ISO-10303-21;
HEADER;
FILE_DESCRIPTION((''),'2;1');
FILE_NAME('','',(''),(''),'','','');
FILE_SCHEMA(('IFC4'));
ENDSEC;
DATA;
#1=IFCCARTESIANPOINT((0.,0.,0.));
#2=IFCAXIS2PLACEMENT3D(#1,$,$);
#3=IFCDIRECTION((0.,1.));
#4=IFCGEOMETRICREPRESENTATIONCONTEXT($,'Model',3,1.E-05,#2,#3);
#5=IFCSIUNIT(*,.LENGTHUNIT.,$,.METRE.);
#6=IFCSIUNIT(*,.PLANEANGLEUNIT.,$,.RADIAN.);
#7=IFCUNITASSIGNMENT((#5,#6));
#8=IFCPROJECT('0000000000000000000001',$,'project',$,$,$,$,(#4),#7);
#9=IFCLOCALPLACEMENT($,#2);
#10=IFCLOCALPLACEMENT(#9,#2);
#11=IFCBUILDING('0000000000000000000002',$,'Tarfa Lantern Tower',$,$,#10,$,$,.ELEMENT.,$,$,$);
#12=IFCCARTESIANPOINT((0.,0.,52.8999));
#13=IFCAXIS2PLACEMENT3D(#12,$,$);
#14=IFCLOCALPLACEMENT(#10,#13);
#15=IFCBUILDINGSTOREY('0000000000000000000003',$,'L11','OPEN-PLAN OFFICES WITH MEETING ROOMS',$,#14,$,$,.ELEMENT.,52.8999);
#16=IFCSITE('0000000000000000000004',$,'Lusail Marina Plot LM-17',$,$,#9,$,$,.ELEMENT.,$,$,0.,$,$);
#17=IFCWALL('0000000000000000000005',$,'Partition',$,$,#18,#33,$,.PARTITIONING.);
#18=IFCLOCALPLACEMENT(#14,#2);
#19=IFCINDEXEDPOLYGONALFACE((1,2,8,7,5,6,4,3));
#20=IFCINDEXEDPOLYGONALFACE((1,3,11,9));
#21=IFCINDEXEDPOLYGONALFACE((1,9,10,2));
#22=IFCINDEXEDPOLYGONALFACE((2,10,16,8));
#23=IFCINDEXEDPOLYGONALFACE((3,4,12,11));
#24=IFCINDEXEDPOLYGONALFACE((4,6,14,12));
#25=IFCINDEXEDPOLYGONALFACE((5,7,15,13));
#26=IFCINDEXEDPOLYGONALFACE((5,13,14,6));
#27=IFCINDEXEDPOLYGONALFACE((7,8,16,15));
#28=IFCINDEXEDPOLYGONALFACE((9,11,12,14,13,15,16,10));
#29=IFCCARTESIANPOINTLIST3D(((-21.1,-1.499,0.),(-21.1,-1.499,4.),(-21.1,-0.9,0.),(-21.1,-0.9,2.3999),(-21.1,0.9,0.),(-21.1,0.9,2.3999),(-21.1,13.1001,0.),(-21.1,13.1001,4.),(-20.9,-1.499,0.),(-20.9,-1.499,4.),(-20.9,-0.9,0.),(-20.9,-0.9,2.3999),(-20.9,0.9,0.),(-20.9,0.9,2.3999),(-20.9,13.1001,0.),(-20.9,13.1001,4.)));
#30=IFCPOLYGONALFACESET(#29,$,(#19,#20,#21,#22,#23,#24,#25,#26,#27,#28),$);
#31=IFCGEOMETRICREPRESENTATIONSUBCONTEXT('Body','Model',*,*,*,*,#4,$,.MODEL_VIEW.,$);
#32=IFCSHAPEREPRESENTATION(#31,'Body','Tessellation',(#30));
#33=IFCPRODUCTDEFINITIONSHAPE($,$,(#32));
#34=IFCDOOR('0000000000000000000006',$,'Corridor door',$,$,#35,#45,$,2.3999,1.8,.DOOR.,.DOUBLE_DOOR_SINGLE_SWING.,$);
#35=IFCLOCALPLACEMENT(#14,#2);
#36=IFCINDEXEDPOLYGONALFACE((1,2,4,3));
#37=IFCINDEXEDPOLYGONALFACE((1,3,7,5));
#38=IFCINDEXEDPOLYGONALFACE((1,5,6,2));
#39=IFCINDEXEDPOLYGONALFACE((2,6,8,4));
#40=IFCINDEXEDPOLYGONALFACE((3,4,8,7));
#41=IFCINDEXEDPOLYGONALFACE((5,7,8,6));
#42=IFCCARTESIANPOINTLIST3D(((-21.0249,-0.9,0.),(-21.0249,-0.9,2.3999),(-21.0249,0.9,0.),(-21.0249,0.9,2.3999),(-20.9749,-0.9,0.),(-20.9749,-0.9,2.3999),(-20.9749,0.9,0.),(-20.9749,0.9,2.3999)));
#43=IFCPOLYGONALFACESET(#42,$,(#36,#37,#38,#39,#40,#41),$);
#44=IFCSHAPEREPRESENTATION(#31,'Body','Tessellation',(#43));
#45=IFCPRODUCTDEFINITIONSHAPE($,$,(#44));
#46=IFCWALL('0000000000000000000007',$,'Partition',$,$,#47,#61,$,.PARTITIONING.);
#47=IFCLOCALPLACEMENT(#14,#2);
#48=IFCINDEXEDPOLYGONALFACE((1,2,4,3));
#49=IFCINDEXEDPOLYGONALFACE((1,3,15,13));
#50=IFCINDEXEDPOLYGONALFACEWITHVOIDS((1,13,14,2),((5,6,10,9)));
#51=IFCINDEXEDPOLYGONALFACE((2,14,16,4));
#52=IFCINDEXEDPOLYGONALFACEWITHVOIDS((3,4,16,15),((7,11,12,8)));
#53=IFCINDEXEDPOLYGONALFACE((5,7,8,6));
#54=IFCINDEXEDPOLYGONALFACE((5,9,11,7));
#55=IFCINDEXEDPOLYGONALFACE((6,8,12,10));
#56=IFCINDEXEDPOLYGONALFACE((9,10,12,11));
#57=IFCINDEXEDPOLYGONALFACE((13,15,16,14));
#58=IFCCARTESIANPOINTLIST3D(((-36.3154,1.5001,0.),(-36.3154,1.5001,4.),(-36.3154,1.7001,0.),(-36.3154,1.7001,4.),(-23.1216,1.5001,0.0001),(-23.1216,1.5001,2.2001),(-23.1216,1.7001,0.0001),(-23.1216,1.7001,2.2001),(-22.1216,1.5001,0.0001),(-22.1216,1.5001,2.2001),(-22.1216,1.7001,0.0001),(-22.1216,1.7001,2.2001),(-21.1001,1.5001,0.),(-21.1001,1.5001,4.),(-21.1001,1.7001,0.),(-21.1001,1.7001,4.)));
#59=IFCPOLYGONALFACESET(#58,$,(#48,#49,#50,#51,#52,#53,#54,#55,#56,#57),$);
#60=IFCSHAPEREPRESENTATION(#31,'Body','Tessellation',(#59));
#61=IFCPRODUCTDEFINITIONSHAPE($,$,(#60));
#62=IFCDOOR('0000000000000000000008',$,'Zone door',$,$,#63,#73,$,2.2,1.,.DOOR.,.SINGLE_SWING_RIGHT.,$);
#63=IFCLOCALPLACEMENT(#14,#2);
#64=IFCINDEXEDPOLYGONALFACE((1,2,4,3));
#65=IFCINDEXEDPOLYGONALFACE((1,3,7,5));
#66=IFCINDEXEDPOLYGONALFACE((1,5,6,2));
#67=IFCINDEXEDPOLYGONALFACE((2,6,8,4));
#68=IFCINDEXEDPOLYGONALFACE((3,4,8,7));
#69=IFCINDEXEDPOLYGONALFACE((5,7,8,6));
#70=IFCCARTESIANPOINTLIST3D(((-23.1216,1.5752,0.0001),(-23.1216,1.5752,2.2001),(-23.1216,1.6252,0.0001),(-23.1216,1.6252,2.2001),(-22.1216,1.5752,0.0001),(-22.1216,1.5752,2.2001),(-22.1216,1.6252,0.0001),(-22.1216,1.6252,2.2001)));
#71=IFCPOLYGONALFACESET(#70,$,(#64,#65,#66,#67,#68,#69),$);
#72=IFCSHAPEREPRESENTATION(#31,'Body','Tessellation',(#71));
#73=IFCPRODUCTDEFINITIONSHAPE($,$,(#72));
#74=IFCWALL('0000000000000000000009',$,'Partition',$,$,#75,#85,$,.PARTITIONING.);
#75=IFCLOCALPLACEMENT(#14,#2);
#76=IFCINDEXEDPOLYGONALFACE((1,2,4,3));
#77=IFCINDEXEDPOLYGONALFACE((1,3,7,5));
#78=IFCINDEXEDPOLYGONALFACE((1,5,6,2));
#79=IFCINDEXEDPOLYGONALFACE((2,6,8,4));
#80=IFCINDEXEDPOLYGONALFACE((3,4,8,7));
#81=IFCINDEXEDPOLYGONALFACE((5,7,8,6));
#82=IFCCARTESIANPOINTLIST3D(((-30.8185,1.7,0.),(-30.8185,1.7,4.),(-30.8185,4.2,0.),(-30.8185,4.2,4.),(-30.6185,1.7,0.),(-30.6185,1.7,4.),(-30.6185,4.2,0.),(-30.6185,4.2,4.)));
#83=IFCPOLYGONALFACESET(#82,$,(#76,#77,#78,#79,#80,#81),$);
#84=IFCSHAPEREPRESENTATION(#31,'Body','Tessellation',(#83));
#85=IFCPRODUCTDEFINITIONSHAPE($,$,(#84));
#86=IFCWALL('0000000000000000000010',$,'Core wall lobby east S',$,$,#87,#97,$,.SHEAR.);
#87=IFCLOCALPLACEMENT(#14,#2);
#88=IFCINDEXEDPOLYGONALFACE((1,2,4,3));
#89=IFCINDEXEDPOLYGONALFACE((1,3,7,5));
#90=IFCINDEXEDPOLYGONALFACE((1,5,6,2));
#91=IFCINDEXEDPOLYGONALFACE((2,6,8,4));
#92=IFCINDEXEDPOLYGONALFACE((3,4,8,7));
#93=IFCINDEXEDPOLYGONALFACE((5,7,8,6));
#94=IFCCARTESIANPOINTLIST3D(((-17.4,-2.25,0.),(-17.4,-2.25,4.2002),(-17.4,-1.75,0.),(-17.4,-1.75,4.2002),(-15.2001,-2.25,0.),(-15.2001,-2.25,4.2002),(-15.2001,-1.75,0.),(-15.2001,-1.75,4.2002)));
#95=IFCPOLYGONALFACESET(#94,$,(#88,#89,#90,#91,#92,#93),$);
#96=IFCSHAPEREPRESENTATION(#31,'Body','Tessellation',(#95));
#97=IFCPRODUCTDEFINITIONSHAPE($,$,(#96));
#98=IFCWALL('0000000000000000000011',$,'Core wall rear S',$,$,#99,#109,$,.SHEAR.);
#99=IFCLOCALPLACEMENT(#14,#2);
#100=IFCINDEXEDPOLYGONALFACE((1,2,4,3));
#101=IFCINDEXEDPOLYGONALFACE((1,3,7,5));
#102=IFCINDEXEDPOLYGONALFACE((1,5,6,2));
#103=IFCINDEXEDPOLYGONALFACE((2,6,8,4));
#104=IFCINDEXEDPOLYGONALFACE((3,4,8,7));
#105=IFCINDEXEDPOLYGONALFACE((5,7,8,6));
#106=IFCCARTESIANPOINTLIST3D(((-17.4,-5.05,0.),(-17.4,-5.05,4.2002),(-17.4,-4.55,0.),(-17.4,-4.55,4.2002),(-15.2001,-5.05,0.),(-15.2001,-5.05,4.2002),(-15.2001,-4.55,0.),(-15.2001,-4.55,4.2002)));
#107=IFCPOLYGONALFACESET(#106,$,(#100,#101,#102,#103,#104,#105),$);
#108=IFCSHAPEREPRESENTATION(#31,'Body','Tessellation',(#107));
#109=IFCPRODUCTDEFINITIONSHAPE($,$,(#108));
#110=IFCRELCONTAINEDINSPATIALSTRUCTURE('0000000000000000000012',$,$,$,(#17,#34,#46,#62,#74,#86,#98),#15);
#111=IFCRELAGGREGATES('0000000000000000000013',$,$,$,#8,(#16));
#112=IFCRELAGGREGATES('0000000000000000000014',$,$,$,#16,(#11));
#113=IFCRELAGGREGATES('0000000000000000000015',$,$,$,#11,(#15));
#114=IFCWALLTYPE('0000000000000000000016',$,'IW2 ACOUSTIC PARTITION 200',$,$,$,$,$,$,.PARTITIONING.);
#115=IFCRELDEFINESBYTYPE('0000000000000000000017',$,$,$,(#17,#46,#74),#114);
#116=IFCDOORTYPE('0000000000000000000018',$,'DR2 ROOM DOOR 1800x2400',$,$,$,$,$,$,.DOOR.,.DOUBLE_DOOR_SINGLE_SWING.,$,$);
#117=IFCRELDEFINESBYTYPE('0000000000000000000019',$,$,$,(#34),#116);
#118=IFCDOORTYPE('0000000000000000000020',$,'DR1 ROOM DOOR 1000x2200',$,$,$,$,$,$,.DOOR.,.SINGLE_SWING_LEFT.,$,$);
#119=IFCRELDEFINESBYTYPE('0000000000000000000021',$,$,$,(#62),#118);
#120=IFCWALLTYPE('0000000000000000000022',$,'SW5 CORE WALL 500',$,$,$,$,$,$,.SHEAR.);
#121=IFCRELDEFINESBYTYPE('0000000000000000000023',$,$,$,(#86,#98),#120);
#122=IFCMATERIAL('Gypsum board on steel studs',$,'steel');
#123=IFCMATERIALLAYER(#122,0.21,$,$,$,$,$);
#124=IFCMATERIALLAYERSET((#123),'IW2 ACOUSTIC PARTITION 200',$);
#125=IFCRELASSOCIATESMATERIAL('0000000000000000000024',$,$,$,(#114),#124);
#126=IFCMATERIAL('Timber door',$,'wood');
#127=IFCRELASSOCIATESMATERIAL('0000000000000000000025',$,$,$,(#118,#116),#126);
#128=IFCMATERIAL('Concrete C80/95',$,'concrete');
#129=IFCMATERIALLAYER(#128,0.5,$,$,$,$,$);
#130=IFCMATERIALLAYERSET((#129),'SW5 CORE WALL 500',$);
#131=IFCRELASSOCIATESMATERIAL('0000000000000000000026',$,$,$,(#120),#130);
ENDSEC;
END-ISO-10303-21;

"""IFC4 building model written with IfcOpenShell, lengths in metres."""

from ifc_helpers import new_model, si_unit, direction, frame, frame_2d, origin, place, context, subcontext, project, spatial, rectangle, extrude, material, layer, layer_set, type_object, element, fill, save


model = new_model("IFC4")

# Units and contexts
model_context = context("Model", 3, precision=1e-05, world=origin(), true_north=direction((0.0, 1.0)))
body_context = subcontext(model_context, "Body", "Model", "MODEL_VIEW")
ifc_project = project(units=[si_unit("LENGTHUNIT", "METRE"), si_unit("PLANEANGLEUNIT", "RADIAN")], contexts=[model_context])

# Site, building, storey
site_placement = place(None, origin())
site = spatial("IfcSite", under=ifc_project, at=site_placement, Name="Lusail Marina Plot LM-17", CompositionType="ELEMENT", RefElevation=0.0)
building_placement = place(site_placement, origin())
building = spatial("IfcBuilding", under=site, at=building_placement, Name="Tarfa Lantern Tower", CompositionType="ELEMENT")
storey_placement = place(building_placement, frame((0.0, 0.0, 52.8999)))
storey = spatial("IfcBuildingStorey", under=building, at=storey_placement, Name="L11", Description="OPEN-PLAN OFFICES WITH MEETING ROOMS", CompositionType="ELEMENT", Elevation=52.8999)

# Shared definitions
ifc_material_1 = material(Name="Concrete C80/95", Category="concrete")

# Shared definitions
ifc_material_2 = material(Name="Gypsum board on steel studs", Category="steel")
ifc_layer_1 = layer(ifc_material_2, 0.21)
ifc_layer_set_1 = layer_set([ifc_layer_1], Name="IW2 ACOUSTIC PARTITION 200")
wall_type_1 = type_object("IfcWallType", Name="IW2 ACOUSTIC PARTITION 200", PredefinedType="PARTITIONING", material=ifc_layer_set_1)
ifc_material_3 = material(Name="Timber door", Category="wood")
door_type_1 = type_object("IfcDoorType", Name="DR1 ROOM DOOR 1000x2200", OperationType="SINGLE_SWING_LEFT", PredefinedType="DOOR", material=ifc_material_3)

# Walls, openings, doors
wall_1_placement = place(storey_placement, frame((-21.0, -1.499, 0.0), z_axis=(0.0, 0.0, 1.0), x_axis=(0.0, 1.0, 0.0)))
wall_1 = element("IfcWall", 1, at=wall_1_placement, inside=storey, type_object=wall_type_1, Name="Partition", PredefinedType="PARTITIONING", context=body_context, shape_type="SweptSolid", body=[
    extrude(rectangle(XDim=14.5991, YDim=0.2, at=frame_2d((7.2996, 0.0))), origin(), (0.0, 0.0, 1.0), 4.0),
])
opening_1_placement = place(wall_1_placement, frame((0.5991, 0.0, 0.0)))
opening_1 = element("IfcOpeningElement", 2, at=opening_1_placement, cuts=wall_1, PredefinedType="OPENING", context=body_context, shape_type="SweptSolid", body=[
    extrude(rectangle(XDim=1.8, YDim=2.3999, at=frame_2d((0.8999, 1.2))), frame((0.0, 0.1099, 0.0), z_axis=(0.0, -1.0, 0.0), x_axis=(1.0, 0.0, 0.0)), (0.0, 0.0, 1.0), 0.22),
])
door_type_2 = type_object("IfcDoorType", Name="DR2 ROOM DOOR 1800x2400", OperationType="DOUBLE_DOOR_SINGLE_SWING", PredefinedType="DOOR", material=ifc_material_3)
door_1_placement = place(opening_1_placement, origin())
door_1 = element("IfcDoor", 3, at=door_1_placement, inside=storey, type_object=door_type_2, Name="Corridor door", OperationType="DOUBLE_DOOR_SINGLE_SWING", OverallHeight=2.3999, OverallWidth=1.8, PredefinedType="DOOR", context=body_context, shape_type="SweptSolid", body=[
    extrude(rectangle(XDim=1.8, YDim=2.3999, at=frame_2d((0.8999, 1.2))), frame((0.0, 0.0249, 0.0), z_axis=(0.0, -1.0, 0.0), x_axis=(1.0, 0.0, 0.0)), (0.0, 0.0, 1.0), 0.05),
])
fill(opening_1, door_1)
wall_2_placement = place(storey_placement, frame((-21.1001, 1.6001, 0.0), z_axis=(0.0, 0.0, 1.0), x_axis=(-1.0, 0.0, 0.0)))
wall_2 = element("IfcWall", 4, at=wall_2_placement, inside=storey, type_object=wall_type_1, Name="Partition", PredefinedType="PARTITIONING", context=body_context, shape_type="SweptSolid", body=[
    extrude(rectangle(XDim=15.2153, YDim=0.2, at=frame_2d((7.6077, 0.0))), origin(), (0.0, 0.0, 1.0), 4.0),
])
opening_2_placement = place(wall_2_placement, frame((1.0215, 0.0, 0.0)))
opening_2 = element("IfcOpeningElement", 5, at=opening_2_placement, cuts=wall_2, PredefinedType="OPENING", context=body_context, shape_type="SweptSolid", body=[
    extrude(rectangle(XDim=1.0, YDim=2.2, at=frame_2d((0.5, 1.1001))), frame((0.0, 0.1099, 0.0), z_axis=(0.0, -1.0, 0.0), x_axis=(1.0, 0.0, 0.0)), (0.0, 0.0, 1.0), 0.22),
])
door_2_placement = place(opening_2_placement, origin())
door_2 = element("IfcDoor", 6, at=door_2_placement, inside=storey, type_object=door_type_1, Name="Zone door", OperationType="SINGLE_SWING_RIGHT", OverallHeight=2.2, OverallWidth=1.0, PredefinedType="DOOR", context=body_context, shape_type="SweptSolid", body=[
    extrude(rectangle(XDim=1.0, YDim=2.2, at=frame_2d((0.5, 1.1001))), frame((0.0, 0.0249, 0.0), z_axis=(0.0, -1.0, 0.0), x_axis=(1.0, 0.0, 0.0)), (0.0, 0.0, 1.0), 0.05),
])
fill(opening_2, door_2)

# Walls
wall_3_placement = place(storey_placement, frame((-30.7185, 1.7, 0.0), z_axis=(0.0, 0.0, 1.0), x_axis=(0.0, 1.0, 0.0)))
element("IfcWall", 7, at=wall_3_placement, inside=storey, type_object=wall_type_1, Name="Partition", PredefinedType="PARTITIONING", context=body_context, shape_type="SweptSolid", body=[
    extrude(rectangle(XDim=2.5, YDim=0.2, at=frame_2d((1.25, 0.0))), origin(), (0.0, 0.0, 1.0), 4.0),
])
ifc_layer_2 = layer(ifc_material_1, 0.5)
ifc_layer_set_2 = layer_set([ifc_layer_2], Name="SW5 CORE WALL 500")
wall_type_2 = type_object("IfcWallType", Name="SW5 CORE WALL 500", PredefinedType="SHEAR", material=ifc_layer_set_2)
for number, where, z_axis, x_axis, name in (
    (8, (-15.2, -2.0, 0.0), (0.0, 0.0, 1.0), (-1.0, 0.0, 0.0), "Core wall lobby east S"),
    (9, (-15.2, -4.8, 0.0), (0.0, 0.0, 1.0), (-1.0, 0.0, 0.0), "Core wall rear S"),
):
    element("IfcWall", number, at=place(storey_placement, frame(where, z_axis=z_axis, x_axis=x_axis)), inside=storey, type_object=wall_type_2, Name=name, PredefinedType="SHEAR", context=body_context, shape_type="SweptSolid", body=[
        extrude(rectangle(XDim=2.2, YDim=0.5, at=frame_2d((1.1001, 0.0))), origin(), (0.0, 0.0, 1.0), 4.2002),
    ])

save(model, "model.ifc")
